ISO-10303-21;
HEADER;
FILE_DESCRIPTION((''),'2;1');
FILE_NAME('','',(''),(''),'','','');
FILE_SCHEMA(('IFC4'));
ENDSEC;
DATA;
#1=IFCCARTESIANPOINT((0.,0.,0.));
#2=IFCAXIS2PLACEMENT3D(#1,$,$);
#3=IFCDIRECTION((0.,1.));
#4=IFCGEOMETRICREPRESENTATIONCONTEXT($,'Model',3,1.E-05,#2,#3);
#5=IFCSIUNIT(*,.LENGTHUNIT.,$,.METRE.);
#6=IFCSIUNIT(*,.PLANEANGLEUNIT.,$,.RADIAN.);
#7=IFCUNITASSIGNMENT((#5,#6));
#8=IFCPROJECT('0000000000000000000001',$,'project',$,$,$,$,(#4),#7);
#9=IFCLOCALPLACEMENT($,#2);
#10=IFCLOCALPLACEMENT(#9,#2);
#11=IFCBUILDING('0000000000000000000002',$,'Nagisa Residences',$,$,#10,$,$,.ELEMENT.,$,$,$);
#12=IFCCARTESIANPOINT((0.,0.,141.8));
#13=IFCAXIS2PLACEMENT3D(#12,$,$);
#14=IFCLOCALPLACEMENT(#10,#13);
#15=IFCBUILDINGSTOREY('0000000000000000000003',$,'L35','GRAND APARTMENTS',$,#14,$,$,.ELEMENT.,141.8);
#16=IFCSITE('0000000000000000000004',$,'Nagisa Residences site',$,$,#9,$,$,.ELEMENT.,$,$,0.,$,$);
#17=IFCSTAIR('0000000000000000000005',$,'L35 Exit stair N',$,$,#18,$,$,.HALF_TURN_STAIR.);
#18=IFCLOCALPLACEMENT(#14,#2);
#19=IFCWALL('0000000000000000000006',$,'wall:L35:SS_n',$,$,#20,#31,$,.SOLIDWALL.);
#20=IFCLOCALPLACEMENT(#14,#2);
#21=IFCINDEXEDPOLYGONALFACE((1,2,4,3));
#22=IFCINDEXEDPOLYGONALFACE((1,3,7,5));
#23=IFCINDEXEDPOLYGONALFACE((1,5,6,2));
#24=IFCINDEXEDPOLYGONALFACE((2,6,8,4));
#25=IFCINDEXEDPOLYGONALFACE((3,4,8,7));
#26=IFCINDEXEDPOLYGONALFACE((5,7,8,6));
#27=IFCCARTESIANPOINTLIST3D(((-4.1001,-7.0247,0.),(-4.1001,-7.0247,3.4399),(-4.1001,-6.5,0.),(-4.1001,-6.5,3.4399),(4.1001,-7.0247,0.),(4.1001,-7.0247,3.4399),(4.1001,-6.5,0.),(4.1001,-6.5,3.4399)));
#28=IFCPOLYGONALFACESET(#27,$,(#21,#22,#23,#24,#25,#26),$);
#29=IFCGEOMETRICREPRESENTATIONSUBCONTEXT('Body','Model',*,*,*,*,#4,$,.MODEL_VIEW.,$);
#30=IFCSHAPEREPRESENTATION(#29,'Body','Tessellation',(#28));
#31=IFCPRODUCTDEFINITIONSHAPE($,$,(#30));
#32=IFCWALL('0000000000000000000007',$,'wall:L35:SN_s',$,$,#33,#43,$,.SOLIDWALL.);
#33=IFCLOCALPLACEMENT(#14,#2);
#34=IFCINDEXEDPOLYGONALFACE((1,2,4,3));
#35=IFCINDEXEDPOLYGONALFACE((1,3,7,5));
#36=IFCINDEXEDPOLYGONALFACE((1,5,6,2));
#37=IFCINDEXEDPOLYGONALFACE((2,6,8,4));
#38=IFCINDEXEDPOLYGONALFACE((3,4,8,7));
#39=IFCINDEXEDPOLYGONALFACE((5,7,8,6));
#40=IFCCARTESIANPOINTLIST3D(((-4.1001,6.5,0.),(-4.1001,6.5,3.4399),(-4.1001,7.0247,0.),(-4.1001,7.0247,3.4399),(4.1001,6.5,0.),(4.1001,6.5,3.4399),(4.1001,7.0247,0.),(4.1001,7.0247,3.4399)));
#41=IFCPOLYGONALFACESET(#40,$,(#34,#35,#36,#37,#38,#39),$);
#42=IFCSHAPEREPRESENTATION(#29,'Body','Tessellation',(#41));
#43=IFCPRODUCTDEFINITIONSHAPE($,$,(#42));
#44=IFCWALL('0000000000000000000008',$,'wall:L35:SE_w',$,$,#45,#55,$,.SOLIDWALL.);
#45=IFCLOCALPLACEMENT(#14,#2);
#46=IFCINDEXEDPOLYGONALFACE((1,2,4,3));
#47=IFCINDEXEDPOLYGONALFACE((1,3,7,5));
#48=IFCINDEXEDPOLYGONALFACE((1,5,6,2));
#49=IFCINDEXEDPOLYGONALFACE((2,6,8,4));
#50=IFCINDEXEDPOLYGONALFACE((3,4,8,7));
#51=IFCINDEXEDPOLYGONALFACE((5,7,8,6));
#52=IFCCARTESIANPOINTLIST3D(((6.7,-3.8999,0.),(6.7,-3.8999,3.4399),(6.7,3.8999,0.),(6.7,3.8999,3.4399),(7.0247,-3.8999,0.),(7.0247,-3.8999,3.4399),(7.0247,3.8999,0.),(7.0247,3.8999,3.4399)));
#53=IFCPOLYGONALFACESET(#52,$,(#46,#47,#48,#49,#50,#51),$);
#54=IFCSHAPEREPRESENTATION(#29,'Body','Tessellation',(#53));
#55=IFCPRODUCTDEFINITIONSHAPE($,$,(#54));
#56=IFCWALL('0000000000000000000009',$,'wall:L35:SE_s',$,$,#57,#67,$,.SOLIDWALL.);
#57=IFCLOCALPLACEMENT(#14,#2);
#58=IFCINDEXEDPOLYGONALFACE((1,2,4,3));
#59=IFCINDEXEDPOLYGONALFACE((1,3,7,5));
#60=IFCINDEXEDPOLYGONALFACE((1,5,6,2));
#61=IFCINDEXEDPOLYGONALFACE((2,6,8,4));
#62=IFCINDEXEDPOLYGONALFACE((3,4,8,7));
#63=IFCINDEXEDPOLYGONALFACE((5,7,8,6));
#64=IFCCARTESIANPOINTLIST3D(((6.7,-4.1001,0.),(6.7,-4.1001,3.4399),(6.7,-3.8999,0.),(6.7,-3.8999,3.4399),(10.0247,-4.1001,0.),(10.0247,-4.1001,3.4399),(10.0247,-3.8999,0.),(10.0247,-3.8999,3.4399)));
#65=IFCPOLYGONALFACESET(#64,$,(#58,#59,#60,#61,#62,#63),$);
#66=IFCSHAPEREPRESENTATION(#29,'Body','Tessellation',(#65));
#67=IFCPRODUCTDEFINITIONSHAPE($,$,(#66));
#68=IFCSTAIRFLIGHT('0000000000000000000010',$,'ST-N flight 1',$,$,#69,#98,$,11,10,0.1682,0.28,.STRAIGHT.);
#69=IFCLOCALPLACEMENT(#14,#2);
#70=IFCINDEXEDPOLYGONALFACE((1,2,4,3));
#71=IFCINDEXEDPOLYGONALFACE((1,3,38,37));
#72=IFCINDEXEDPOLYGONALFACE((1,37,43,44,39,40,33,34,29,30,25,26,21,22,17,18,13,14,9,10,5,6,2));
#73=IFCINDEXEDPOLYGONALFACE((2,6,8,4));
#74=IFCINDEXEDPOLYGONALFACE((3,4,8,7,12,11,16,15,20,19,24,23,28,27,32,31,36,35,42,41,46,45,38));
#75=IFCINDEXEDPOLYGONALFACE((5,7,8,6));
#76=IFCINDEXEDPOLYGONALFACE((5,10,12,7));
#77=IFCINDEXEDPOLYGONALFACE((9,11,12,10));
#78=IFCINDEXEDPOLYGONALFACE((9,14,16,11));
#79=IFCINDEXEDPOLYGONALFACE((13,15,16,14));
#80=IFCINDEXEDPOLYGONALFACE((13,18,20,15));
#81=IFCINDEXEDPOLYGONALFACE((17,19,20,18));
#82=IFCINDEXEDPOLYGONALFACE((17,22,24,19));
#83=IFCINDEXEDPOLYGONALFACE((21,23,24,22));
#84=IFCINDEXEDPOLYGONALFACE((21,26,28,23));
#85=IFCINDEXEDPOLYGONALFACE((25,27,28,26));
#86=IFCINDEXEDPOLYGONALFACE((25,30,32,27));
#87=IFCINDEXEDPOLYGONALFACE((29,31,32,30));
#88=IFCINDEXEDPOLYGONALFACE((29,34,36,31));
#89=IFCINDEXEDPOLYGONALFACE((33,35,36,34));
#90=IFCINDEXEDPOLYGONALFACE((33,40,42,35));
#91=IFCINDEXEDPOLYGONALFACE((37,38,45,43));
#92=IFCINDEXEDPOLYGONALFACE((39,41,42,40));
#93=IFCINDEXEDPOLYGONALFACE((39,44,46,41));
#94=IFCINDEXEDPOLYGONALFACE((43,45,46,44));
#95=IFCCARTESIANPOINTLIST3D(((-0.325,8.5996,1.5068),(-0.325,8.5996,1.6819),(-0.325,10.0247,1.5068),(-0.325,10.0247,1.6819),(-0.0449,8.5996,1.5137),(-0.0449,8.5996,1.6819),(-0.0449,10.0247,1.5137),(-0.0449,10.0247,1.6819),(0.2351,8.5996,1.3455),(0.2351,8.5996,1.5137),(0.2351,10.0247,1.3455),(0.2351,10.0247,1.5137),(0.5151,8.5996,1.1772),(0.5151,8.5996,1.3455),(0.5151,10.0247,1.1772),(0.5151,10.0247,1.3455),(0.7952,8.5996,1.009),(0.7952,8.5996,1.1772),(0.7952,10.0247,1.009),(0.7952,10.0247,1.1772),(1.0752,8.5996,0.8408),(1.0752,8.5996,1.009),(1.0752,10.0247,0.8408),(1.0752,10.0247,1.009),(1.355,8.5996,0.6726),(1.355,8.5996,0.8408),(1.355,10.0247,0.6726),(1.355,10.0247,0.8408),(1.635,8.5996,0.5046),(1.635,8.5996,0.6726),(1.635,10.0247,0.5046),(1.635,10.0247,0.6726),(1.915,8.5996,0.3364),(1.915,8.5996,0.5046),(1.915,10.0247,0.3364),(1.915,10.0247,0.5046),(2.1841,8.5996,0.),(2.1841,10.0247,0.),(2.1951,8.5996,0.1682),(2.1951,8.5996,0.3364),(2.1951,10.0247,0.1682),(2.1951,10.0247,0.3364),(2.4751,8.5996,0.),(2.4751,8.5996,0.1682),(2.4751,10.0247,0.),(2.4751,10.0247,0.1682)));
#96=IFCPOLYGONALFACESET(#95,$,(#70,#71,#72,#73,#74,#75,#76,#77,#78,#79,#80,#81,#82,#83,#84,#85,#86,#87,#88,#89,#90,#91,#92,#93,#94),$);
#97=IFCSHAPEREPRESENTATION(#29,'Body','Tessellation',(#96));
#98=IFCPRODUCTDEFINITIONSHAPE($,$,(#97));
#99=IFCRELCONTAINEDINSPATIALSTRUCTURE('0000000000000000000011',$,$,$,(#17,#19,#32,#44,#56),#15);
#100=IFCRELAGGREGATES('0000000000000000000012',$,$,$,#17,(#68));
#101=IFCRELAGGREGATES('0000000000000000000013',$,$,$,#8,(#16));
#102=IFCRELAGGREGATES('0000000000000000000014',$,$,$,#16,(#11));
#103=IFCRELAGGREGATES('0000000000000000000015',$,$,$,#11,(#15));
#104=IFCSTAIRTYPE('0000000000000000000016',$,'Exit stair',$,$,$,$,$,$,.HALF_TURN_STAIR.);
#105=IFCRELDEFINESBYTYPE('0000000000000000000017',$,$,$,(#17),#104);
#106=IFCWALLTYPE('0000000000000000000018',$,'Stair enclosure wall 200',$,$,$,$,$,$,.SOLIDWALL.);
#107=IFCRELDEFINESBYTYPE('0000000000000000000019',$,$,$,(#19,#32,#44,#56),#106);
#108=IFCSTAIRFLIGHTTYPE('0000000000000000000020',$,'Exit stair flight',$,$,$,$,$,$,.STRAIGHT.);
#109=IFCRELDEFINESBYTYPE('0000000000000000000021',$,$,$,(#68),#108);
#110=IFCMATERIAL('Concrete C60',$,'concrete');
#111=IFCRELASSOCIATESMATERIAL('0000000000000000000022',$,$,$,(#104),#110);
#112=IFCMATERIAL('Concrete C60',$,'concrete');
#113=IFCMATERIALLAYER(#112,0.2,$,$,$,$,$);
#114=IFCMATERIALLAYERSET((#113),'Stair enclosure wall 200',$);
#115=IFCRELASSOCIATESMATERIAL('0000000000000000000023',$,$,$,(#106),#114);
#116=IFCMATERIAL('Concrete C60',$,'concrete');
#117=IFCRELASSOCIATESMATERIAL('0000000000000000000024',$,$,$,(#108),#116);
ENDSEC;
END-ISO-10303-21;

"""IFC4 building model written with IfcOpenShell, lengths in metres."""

from ifc_helpers import new_model, si_unit, direction, frame, origin, place, context, subcontext, project, spatial, polyline, outline, extrude, material, layer, layer_set, type_object, element, aggregate, save


model = new_model("IFC4")

# Units and contexts
model_context = context("Model", 3, precision=1e-05, world=origin(), true_north=direction((0.0, 1.0)))
body_context = subcontext(model_context, "Body", "Model", "MODEL_VIEW")
ifc_project = project(units=[si_unit("LENGTHUNIT", "METRE"), si_unit("PLANEANGLEUNIT", "RADIAN")], contexts=[model_context])

# Site, building, storey
site_placement = place(None, origin())
site = spatial("IfcSite", under=ifc_project, at=site_placement, Name="Nagisa Residences site", CompositionType="ELEMENT", RefElevation=0.0)
building_placement = place(site_placement, origin())
building = spatial("IfcBuilding", under=site, at=building_placement, Name="Nagisa Residences", CompositionType="ELEMENT")
storey_placement = place(building_placement, frame((0.0, 0.0, 141.8)))
storey = spatial("IfcBuildingStorey", under=building, at=storey_placement, Name="L35", Description="GRAND APARTMENTS", CompositionType="ELEMENT", Elevation=141.8)

# Stair
ifc_material_1 = material(Name="Concrete C60", Category="concrete")
stair_type = type_object("IfcStairType", Name="Exit stair", PredefinedType="HALF_TURN_STAIR", material=ifc_material_1)
stair_1_placement = place(storey_placement, origin())
stair_1 = element("IfcStair", 1, at=stair_1_placement, inside=storey, type_object=stair_type, Name="L35 Exit stair N", PredefinedType="HALF_TURN_STAIR")

# Shared definitions
ifc_material_2 = material(Name="Concrete C60", Category="concrete")
ifc_layer_1 = layer(ifc_material_2, 0.2)
ifc_layer_set_1 = layer_set([ifc_layer_1], Name="Stair enclosure wall 200")
wall_type_1 = type_object("IfcWallType", Name="Stair enclosure wall 200", PredefinedType="SOLIDWALL", material=ifc_layer_set_1)

# Walls
wall_1_placement = place(storey_placement, origin())
element("IfcWall", 2, at=wall_1_placement, inside=storey, type_object=wall_type_1, Name="wall:L35:SS_n", PredefinedType="SOLIDWALL", context=body_context, shape_type="SweptSolid", body=[
    extrude(outline(polyline([(4.1001, -7.0247), (-4.1001, -7.0247), (-4.1001, -6.5), (4.1001, -6.5), (4.1001, -7.0247)])), origin(), (0.0, 0.0, 1.0), 3.4399),
])
wall_2_placement = place(storey_placement, origin())
element("IfcWall", 3, at=wall_2_placement, inside=storey, type_object=wall_type_1, Name="wall:L35:SN_s", PredefinedType="SOLIDWALL", context=body_context, shape_type="SweptSolid", body=[
    extrude(outline(polyline([(4.1001, 6.5), (-4.1001, 6.5), (-4.1001, 7.0247), (4.1001, 7.0247), (4.1001, 6.5)])), origin(), (0.0, 0.0, 1.0), 3.4399),
])
wall_3_placement = place(storey_placement, origin())
element("IfcWall", 4, at=wall_3_placement, inside=storey, type_object=wall_type_1, Name="wall:L35:SE_w", PredefinedType="SOLIDWALL", context=body_context, shape_type="SweptSolid", body=[
    extrude(outline(polyline([(7.0247, -3.8999), (6.7, -3.8999), (6.7, 3.8999), (7.0247, 3.8999), (7.0247, -3.8999)])), origin(), (0.0, 0.0, 1.0), 3.4399),
])
wall_4_placement = place(storey_placement, origin())
element("IfcWall", 5, at=wall_4_placement, inside=storey, type_object=wall_type_1, Name="wall:L35:SE_s", PredefinedType="SOLIDWALL", context=body_context, shape_type="SweptSolid", body=[
    extrude(outline(polyline([(10.0247, -4.1001), (6.7, -4.1001), (6.7, -3.8999), (10.0247, -3.8999), (10.0247, -4.1001)])), origin(), (0.0, 0.0, 1.0), 3.4399),
])

# Stair flight
ifc_material_3 = material(Name="Concrete C60", Category="concrete")
stair_flight_type = type_object("IfcStairFlightType", Name="Exit stair flight", PredefinedType="STRAIGHT", material=ifc_material_3)
stair_flight_placement = place(storey_placement, frame((2.4751, 9.312, 0.0), z_axis=(0.0, 0.0, 1.0), x_axis=(-1.0, 0.0, 0.0)))
stair_flight = element("IfcStairFlight", 6, at=stair_flight_placement, type_object=stair_flight_type, Name="ST-N flight 1", NumberOfRisers=11, NumberOfTreads=10, PredefinedType="STRAIGHT", RiserHeight=0.1682, TreadLength=0.28, context=body_context, shape_type="SweptSolid", body=[
    extrude(outline(polyline([(0.0, 0.0), (0.0, 0.1682), (0.28, 0.1682), (0.28, 0.3364), (0.5601, 0.3364), (0.5601, 0.5046), (0.8401, 0.5046), (0.8401, 0.6726), (1.1201, 0.6726), (1.1201, 0.8408), (1.3999, 0.8408), (1.3999, 1.009), (1.6799, 1.009), (1.6799, 1.1772), (1.96, 1.1772), (1.96, 1.3455), (2.24, 1.3455), (2.24, 1.5137), (2.52, 1.5137), (2.52, 1.6819), (2.8, 1.6819), (2.8, 1.8501), (2.8, 1.5068), (0.291, 0.0), (0.0, 0.0)])), frame((0.0, 0.7124, 0.0), z_axis=(0.0, -1.0, 0.0), x_axis=(1.0, 0.0, 0.0)), (0.0, 0.0, 1.0), 1.425),
])
aggregate(stair_1, [stair_flight])

save(model, "model.ifc")
